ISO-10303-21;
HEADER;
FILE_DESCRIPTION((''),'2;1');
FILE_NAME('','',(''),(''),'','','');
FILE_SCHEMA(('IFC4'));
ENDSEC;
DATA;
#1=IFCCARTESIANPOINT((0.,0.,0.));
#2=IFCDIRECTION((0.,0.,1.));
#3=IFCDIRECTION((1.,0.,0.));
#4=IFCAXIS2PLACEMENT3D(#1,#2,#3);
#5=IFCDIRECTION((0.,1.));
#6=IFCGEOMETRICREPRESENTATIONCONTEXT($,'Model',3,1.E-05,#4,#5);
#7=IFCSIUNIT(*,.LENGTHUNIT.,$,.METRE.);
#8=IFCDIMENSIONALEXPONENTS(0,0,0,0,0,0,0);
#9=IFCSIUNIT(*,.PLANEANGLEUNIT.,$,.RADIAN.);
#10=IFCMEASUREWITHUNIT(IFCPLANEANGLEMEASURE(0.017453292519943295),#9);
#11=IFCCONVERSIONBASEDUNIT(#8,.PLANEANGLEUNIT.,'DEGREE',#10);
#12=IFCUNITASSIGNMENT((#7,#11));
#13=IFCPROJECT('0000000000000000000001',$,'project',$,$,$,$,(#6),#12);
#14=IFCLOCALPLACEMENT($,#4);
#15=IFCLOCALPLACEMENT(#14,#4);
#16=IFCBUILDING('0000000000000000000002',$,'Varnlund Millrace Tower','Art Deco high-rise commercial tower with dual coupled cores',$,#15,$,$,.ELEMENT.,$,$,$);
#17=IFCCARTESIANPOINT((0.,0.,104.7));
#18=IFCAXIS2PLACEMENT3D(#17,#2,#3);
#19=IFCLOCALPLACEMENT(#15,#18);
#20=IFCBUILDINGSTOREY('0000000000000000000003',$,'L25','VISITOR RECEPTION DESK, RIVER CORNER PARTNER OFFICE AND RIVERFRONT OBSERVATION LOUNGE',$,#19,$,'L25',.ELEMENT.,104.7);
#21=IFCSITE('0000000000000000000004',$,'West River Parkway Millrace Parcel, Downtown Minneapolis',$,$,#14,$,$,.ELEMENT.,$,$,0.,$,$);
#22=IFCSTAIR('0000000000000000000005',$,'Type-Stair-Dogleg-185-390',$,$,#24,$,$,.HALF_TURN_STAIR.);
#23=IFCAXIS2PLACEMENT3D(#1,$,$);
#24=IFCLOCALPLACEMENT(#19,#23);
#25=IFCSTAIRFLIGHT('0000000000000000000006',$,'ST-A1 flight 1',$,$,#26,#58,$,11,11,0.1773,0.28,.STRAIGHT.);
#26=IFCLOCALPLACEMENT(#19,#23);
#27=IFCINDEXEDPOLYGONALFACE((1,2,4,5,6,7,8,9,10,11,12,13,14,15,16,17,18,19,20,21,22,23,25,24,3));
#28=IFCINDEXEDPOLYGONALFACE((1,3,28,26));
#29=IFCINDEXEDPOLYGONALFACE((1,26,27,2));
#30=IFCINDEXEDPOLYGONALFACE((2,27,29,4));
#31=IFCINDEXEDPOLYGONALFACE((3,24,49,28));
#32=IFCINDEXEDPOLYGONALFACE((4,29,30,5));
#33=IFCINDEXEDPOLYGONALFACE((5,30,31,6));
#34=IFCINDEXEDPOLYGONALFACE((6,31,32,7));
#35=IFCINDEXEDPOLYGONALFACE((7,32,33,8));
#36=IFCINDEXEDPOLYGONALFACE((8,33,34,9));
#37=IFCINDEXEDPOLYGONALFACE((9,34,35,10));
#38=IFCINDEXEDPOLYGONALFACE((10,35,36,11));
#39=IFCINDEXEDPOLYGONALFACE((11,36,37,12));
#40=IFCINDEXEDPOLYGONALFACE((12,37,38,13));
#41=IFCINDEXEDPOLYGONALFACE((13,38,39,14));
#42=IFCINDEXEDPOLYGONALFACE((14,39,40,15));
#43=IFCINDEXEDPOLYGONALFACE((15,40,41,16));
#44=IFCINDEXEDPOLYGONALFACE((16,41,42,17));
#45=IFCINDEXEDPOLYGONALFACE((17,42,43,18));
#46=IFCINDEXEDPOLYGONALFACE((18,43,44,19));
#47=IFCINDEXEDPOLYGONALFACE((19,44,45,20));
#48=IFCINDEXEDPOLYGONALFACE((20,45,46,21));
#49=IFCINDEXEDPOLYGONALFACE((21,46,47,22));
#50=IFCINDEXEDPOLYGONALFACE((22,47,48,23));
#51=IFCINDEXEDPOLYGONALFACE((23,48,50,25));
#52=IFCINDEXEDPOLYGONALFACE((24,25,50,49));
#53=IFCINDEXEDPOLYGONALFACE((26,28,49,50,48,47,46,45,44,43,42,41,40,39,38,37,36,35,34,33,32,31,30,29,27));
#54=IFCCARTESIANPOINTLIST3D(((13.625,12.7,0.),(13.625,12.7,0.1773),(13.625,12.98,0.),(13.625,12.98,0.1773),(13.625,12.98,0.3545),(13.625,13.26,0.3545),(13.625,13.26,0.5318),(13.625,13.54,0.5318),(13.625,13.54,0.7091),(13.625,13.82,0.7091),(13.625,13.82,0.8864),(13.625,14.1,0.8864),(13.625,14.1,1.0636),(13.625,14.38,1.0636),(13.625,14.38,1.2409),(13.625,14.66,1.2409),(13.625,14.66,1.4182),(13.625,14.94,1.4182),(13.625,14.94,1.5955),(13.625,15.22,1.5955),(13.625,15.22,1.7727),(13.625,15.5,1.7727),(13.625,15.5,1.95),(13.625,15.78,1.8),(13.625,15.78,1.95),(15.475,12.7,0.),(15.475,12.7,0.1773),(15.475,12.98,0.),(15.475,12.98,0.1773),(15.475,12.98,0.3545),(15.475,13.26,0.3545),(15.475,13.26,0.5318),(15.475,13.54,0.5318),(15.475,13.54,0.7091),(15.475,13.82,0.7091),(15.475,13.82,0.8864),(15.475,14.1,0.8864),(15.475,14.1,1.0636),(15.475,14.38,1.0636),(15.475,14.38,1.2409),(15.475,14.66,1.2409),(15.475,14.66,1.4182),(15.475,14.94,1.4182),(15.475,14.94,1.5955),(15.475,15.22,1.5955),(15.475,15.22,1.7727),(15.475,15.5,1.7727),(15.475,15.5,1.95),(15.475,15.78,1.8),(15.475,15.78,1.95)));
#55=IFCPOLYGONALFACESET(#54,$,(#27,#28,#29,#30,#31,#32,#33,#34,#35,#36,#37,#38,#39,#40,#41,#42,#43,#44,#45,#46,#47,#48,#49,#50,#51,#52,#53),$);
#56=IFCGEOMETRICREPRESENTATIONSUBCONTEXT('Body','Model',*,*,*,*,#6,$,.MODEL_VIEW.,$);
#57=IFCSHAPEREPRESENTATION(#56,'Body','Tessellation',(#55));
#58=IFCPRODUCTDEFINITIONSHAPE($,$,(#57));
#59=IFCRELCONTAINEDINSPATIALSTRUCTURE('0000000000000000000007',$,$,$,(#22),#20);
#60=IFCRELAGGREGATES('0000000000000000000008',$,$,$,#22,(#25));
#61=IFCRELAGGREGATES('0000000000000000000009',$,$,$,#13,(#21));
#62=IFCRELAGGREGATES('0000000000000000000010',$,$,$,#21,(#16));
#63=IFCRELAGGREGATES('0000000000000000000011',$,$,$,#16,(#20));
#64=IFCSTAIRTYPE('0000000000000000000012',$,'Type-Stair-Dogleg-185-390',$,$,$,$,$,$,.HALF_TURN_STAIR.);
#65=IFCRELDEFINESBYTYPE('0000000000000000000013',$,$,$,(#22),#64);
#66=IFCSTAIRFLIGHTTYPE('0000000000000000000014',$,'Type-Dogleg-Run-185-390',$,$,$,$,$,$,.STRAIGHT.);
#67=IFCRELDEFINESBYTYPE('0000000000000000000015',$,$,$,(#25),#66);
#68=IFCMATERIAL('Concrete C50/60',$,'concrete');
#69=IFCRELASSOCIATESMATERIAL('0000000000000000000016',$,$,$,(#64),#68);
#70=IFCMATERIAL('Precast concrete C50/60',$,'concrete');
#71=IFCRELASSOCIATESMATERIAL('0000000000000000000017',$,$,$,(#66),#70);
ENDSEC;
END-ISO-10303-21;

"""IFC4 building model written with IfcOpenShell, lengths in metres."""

from ifc_helpers import new_model, entity, si_unit, converted_unit, direction, frame, origin_with_axes, place, context, subcontext, project, spatial, polyline, outline, extrude, material, type_object, element, aggregate, save


model = new_model("IFC4")

# Units and contexts
model_context = context("Model", 3, precision=1e-05, world=origin_with_axes(), true_north=direction((0.0, 1.0)))
body_context = subcontext(model_context, "Body", "Model", "MODEL_VIEW")
ifc_project = project(units=[si_unit("LENGTHUNIT", "METRE"), converted_unit("PLANEANGLEUNIT", "DEGREE", entity("IfcPlaneAngleMeasure", 0.017453292519943295), si_unit("PLANEANGLEUNIT", "RADIAN"), dimensions=[0, 0, 0, 0, 0, 0, 0])], contexts=[model_context])

# Site, building, storey
site_placement = place(None, origin_with_axes())
site = spatial("IfcSite", under=ifc_project, at=site_placement, Name="West River Parkway Millrace Parcel, Downtown Minneapolis", CompositionType="ELEMENT", RefElevation=0.0)
building_placement = place(site_placement, origin_with_axes())
building = spatial("IfcBuilding", under=site, at=building_placement, Name="Varnlund Millrace Tower", Description="Art Deco high-rise commercial tower with dual coupled cores", CompositionType="ELEMENT")
storey_placement = place(building_placement, frame((0.0, 0.0, 104.7), z_axis=(0.0, 0.0, 1.0), x_axis=(1.0, 0.0, 0.0)))
storey = spatial("IfcBuildingStorey", under=building, at=storey_placement, Name="L25", Description="VISITOR RECEPTION DESK, RIVER CORNER PARTNER OFFICE AND RIVERFRONT OBSERVATION LOUNGE", LongName="L25", CompositionType="ELEMENT", Elevation=104.7)

# Stair, stair flight
ifc_material_1 = material(Name="Concrete C50/60", Category="concrete")
ifc_material_2 = material(Name="Precast concrete C50/60", Category="concrete")
stair_type_1 = type_object("IfcStairType", Name="Type-Stair-Dogleg-185-390", PredefinedType="HALF_TURN_STAIR", material=ifc_material_1)
stair_1_placement = place(storey_placement, origin_with_axes())
stair_1 = element("IfcStair", 1, at=stair_1_placement, inside=storey, type_object=stair_type_1, Name="Type-Stair-Dogleg-185-390", PredefinedType="HALF_TURN_STAIR")
stair_flight_type_1 = type_object("IfcStairFlightType", Name="Type-Dogleg-Run-185-390", PredefinedType="STRAIGHT", material=ifc_material_2)
stair_flight_1_placement = place(storey_placement, frame((13.625, 12.7, 0.0), z_axis=(1.0, 0.0, 0.0), x_axis=(0.0, 1.0, 0.0)))
stair_flight_1 = element("IfcStairFlight", 2, at=stair_flight_1_placement, type_object=stair_flight_type_1, Name="ST-A1 flight 1", NumberOfRisers=11, NumberOfTreads=11, PredefinedType="STRAIGHT", RiserHeight=0.1773, TreadLength=0.28, context=body_context, shape_type="SweptSolid", body=[
    extrude(outline(polyline([(0.0, 0.0), (0.0, 0.1773), (0.28, 0.1773), (0.28, 0.3545), (0.56, 0.3545), (0.56, 0.5318), (0.84, 0.5318), (0.84, 0.7091), (1.12, 0.7091), (1.12, 0.8864), (1.4, 0.8864), (1.4, 1.0636), (1.68, 1.0636), (1.68, 1.2409), (1.96, 1.2409), (1.96, 1.4182), (2.24, 1.4182), (2.24, 1.5955), (2.52, 1.5955), (2.52, 1.7727), (2.8, 1.7727), (2.8, 1.95), (3.08, 1.95), (3.08, 1.8), (0.28, 0.0), (0.0, 0.0)])), origin_with_axes(), (0.0, 0.0, 1.0), 1.85),
])
aggregate(stair_1, [stair_flight_1])

save(model, "model.ifc")
